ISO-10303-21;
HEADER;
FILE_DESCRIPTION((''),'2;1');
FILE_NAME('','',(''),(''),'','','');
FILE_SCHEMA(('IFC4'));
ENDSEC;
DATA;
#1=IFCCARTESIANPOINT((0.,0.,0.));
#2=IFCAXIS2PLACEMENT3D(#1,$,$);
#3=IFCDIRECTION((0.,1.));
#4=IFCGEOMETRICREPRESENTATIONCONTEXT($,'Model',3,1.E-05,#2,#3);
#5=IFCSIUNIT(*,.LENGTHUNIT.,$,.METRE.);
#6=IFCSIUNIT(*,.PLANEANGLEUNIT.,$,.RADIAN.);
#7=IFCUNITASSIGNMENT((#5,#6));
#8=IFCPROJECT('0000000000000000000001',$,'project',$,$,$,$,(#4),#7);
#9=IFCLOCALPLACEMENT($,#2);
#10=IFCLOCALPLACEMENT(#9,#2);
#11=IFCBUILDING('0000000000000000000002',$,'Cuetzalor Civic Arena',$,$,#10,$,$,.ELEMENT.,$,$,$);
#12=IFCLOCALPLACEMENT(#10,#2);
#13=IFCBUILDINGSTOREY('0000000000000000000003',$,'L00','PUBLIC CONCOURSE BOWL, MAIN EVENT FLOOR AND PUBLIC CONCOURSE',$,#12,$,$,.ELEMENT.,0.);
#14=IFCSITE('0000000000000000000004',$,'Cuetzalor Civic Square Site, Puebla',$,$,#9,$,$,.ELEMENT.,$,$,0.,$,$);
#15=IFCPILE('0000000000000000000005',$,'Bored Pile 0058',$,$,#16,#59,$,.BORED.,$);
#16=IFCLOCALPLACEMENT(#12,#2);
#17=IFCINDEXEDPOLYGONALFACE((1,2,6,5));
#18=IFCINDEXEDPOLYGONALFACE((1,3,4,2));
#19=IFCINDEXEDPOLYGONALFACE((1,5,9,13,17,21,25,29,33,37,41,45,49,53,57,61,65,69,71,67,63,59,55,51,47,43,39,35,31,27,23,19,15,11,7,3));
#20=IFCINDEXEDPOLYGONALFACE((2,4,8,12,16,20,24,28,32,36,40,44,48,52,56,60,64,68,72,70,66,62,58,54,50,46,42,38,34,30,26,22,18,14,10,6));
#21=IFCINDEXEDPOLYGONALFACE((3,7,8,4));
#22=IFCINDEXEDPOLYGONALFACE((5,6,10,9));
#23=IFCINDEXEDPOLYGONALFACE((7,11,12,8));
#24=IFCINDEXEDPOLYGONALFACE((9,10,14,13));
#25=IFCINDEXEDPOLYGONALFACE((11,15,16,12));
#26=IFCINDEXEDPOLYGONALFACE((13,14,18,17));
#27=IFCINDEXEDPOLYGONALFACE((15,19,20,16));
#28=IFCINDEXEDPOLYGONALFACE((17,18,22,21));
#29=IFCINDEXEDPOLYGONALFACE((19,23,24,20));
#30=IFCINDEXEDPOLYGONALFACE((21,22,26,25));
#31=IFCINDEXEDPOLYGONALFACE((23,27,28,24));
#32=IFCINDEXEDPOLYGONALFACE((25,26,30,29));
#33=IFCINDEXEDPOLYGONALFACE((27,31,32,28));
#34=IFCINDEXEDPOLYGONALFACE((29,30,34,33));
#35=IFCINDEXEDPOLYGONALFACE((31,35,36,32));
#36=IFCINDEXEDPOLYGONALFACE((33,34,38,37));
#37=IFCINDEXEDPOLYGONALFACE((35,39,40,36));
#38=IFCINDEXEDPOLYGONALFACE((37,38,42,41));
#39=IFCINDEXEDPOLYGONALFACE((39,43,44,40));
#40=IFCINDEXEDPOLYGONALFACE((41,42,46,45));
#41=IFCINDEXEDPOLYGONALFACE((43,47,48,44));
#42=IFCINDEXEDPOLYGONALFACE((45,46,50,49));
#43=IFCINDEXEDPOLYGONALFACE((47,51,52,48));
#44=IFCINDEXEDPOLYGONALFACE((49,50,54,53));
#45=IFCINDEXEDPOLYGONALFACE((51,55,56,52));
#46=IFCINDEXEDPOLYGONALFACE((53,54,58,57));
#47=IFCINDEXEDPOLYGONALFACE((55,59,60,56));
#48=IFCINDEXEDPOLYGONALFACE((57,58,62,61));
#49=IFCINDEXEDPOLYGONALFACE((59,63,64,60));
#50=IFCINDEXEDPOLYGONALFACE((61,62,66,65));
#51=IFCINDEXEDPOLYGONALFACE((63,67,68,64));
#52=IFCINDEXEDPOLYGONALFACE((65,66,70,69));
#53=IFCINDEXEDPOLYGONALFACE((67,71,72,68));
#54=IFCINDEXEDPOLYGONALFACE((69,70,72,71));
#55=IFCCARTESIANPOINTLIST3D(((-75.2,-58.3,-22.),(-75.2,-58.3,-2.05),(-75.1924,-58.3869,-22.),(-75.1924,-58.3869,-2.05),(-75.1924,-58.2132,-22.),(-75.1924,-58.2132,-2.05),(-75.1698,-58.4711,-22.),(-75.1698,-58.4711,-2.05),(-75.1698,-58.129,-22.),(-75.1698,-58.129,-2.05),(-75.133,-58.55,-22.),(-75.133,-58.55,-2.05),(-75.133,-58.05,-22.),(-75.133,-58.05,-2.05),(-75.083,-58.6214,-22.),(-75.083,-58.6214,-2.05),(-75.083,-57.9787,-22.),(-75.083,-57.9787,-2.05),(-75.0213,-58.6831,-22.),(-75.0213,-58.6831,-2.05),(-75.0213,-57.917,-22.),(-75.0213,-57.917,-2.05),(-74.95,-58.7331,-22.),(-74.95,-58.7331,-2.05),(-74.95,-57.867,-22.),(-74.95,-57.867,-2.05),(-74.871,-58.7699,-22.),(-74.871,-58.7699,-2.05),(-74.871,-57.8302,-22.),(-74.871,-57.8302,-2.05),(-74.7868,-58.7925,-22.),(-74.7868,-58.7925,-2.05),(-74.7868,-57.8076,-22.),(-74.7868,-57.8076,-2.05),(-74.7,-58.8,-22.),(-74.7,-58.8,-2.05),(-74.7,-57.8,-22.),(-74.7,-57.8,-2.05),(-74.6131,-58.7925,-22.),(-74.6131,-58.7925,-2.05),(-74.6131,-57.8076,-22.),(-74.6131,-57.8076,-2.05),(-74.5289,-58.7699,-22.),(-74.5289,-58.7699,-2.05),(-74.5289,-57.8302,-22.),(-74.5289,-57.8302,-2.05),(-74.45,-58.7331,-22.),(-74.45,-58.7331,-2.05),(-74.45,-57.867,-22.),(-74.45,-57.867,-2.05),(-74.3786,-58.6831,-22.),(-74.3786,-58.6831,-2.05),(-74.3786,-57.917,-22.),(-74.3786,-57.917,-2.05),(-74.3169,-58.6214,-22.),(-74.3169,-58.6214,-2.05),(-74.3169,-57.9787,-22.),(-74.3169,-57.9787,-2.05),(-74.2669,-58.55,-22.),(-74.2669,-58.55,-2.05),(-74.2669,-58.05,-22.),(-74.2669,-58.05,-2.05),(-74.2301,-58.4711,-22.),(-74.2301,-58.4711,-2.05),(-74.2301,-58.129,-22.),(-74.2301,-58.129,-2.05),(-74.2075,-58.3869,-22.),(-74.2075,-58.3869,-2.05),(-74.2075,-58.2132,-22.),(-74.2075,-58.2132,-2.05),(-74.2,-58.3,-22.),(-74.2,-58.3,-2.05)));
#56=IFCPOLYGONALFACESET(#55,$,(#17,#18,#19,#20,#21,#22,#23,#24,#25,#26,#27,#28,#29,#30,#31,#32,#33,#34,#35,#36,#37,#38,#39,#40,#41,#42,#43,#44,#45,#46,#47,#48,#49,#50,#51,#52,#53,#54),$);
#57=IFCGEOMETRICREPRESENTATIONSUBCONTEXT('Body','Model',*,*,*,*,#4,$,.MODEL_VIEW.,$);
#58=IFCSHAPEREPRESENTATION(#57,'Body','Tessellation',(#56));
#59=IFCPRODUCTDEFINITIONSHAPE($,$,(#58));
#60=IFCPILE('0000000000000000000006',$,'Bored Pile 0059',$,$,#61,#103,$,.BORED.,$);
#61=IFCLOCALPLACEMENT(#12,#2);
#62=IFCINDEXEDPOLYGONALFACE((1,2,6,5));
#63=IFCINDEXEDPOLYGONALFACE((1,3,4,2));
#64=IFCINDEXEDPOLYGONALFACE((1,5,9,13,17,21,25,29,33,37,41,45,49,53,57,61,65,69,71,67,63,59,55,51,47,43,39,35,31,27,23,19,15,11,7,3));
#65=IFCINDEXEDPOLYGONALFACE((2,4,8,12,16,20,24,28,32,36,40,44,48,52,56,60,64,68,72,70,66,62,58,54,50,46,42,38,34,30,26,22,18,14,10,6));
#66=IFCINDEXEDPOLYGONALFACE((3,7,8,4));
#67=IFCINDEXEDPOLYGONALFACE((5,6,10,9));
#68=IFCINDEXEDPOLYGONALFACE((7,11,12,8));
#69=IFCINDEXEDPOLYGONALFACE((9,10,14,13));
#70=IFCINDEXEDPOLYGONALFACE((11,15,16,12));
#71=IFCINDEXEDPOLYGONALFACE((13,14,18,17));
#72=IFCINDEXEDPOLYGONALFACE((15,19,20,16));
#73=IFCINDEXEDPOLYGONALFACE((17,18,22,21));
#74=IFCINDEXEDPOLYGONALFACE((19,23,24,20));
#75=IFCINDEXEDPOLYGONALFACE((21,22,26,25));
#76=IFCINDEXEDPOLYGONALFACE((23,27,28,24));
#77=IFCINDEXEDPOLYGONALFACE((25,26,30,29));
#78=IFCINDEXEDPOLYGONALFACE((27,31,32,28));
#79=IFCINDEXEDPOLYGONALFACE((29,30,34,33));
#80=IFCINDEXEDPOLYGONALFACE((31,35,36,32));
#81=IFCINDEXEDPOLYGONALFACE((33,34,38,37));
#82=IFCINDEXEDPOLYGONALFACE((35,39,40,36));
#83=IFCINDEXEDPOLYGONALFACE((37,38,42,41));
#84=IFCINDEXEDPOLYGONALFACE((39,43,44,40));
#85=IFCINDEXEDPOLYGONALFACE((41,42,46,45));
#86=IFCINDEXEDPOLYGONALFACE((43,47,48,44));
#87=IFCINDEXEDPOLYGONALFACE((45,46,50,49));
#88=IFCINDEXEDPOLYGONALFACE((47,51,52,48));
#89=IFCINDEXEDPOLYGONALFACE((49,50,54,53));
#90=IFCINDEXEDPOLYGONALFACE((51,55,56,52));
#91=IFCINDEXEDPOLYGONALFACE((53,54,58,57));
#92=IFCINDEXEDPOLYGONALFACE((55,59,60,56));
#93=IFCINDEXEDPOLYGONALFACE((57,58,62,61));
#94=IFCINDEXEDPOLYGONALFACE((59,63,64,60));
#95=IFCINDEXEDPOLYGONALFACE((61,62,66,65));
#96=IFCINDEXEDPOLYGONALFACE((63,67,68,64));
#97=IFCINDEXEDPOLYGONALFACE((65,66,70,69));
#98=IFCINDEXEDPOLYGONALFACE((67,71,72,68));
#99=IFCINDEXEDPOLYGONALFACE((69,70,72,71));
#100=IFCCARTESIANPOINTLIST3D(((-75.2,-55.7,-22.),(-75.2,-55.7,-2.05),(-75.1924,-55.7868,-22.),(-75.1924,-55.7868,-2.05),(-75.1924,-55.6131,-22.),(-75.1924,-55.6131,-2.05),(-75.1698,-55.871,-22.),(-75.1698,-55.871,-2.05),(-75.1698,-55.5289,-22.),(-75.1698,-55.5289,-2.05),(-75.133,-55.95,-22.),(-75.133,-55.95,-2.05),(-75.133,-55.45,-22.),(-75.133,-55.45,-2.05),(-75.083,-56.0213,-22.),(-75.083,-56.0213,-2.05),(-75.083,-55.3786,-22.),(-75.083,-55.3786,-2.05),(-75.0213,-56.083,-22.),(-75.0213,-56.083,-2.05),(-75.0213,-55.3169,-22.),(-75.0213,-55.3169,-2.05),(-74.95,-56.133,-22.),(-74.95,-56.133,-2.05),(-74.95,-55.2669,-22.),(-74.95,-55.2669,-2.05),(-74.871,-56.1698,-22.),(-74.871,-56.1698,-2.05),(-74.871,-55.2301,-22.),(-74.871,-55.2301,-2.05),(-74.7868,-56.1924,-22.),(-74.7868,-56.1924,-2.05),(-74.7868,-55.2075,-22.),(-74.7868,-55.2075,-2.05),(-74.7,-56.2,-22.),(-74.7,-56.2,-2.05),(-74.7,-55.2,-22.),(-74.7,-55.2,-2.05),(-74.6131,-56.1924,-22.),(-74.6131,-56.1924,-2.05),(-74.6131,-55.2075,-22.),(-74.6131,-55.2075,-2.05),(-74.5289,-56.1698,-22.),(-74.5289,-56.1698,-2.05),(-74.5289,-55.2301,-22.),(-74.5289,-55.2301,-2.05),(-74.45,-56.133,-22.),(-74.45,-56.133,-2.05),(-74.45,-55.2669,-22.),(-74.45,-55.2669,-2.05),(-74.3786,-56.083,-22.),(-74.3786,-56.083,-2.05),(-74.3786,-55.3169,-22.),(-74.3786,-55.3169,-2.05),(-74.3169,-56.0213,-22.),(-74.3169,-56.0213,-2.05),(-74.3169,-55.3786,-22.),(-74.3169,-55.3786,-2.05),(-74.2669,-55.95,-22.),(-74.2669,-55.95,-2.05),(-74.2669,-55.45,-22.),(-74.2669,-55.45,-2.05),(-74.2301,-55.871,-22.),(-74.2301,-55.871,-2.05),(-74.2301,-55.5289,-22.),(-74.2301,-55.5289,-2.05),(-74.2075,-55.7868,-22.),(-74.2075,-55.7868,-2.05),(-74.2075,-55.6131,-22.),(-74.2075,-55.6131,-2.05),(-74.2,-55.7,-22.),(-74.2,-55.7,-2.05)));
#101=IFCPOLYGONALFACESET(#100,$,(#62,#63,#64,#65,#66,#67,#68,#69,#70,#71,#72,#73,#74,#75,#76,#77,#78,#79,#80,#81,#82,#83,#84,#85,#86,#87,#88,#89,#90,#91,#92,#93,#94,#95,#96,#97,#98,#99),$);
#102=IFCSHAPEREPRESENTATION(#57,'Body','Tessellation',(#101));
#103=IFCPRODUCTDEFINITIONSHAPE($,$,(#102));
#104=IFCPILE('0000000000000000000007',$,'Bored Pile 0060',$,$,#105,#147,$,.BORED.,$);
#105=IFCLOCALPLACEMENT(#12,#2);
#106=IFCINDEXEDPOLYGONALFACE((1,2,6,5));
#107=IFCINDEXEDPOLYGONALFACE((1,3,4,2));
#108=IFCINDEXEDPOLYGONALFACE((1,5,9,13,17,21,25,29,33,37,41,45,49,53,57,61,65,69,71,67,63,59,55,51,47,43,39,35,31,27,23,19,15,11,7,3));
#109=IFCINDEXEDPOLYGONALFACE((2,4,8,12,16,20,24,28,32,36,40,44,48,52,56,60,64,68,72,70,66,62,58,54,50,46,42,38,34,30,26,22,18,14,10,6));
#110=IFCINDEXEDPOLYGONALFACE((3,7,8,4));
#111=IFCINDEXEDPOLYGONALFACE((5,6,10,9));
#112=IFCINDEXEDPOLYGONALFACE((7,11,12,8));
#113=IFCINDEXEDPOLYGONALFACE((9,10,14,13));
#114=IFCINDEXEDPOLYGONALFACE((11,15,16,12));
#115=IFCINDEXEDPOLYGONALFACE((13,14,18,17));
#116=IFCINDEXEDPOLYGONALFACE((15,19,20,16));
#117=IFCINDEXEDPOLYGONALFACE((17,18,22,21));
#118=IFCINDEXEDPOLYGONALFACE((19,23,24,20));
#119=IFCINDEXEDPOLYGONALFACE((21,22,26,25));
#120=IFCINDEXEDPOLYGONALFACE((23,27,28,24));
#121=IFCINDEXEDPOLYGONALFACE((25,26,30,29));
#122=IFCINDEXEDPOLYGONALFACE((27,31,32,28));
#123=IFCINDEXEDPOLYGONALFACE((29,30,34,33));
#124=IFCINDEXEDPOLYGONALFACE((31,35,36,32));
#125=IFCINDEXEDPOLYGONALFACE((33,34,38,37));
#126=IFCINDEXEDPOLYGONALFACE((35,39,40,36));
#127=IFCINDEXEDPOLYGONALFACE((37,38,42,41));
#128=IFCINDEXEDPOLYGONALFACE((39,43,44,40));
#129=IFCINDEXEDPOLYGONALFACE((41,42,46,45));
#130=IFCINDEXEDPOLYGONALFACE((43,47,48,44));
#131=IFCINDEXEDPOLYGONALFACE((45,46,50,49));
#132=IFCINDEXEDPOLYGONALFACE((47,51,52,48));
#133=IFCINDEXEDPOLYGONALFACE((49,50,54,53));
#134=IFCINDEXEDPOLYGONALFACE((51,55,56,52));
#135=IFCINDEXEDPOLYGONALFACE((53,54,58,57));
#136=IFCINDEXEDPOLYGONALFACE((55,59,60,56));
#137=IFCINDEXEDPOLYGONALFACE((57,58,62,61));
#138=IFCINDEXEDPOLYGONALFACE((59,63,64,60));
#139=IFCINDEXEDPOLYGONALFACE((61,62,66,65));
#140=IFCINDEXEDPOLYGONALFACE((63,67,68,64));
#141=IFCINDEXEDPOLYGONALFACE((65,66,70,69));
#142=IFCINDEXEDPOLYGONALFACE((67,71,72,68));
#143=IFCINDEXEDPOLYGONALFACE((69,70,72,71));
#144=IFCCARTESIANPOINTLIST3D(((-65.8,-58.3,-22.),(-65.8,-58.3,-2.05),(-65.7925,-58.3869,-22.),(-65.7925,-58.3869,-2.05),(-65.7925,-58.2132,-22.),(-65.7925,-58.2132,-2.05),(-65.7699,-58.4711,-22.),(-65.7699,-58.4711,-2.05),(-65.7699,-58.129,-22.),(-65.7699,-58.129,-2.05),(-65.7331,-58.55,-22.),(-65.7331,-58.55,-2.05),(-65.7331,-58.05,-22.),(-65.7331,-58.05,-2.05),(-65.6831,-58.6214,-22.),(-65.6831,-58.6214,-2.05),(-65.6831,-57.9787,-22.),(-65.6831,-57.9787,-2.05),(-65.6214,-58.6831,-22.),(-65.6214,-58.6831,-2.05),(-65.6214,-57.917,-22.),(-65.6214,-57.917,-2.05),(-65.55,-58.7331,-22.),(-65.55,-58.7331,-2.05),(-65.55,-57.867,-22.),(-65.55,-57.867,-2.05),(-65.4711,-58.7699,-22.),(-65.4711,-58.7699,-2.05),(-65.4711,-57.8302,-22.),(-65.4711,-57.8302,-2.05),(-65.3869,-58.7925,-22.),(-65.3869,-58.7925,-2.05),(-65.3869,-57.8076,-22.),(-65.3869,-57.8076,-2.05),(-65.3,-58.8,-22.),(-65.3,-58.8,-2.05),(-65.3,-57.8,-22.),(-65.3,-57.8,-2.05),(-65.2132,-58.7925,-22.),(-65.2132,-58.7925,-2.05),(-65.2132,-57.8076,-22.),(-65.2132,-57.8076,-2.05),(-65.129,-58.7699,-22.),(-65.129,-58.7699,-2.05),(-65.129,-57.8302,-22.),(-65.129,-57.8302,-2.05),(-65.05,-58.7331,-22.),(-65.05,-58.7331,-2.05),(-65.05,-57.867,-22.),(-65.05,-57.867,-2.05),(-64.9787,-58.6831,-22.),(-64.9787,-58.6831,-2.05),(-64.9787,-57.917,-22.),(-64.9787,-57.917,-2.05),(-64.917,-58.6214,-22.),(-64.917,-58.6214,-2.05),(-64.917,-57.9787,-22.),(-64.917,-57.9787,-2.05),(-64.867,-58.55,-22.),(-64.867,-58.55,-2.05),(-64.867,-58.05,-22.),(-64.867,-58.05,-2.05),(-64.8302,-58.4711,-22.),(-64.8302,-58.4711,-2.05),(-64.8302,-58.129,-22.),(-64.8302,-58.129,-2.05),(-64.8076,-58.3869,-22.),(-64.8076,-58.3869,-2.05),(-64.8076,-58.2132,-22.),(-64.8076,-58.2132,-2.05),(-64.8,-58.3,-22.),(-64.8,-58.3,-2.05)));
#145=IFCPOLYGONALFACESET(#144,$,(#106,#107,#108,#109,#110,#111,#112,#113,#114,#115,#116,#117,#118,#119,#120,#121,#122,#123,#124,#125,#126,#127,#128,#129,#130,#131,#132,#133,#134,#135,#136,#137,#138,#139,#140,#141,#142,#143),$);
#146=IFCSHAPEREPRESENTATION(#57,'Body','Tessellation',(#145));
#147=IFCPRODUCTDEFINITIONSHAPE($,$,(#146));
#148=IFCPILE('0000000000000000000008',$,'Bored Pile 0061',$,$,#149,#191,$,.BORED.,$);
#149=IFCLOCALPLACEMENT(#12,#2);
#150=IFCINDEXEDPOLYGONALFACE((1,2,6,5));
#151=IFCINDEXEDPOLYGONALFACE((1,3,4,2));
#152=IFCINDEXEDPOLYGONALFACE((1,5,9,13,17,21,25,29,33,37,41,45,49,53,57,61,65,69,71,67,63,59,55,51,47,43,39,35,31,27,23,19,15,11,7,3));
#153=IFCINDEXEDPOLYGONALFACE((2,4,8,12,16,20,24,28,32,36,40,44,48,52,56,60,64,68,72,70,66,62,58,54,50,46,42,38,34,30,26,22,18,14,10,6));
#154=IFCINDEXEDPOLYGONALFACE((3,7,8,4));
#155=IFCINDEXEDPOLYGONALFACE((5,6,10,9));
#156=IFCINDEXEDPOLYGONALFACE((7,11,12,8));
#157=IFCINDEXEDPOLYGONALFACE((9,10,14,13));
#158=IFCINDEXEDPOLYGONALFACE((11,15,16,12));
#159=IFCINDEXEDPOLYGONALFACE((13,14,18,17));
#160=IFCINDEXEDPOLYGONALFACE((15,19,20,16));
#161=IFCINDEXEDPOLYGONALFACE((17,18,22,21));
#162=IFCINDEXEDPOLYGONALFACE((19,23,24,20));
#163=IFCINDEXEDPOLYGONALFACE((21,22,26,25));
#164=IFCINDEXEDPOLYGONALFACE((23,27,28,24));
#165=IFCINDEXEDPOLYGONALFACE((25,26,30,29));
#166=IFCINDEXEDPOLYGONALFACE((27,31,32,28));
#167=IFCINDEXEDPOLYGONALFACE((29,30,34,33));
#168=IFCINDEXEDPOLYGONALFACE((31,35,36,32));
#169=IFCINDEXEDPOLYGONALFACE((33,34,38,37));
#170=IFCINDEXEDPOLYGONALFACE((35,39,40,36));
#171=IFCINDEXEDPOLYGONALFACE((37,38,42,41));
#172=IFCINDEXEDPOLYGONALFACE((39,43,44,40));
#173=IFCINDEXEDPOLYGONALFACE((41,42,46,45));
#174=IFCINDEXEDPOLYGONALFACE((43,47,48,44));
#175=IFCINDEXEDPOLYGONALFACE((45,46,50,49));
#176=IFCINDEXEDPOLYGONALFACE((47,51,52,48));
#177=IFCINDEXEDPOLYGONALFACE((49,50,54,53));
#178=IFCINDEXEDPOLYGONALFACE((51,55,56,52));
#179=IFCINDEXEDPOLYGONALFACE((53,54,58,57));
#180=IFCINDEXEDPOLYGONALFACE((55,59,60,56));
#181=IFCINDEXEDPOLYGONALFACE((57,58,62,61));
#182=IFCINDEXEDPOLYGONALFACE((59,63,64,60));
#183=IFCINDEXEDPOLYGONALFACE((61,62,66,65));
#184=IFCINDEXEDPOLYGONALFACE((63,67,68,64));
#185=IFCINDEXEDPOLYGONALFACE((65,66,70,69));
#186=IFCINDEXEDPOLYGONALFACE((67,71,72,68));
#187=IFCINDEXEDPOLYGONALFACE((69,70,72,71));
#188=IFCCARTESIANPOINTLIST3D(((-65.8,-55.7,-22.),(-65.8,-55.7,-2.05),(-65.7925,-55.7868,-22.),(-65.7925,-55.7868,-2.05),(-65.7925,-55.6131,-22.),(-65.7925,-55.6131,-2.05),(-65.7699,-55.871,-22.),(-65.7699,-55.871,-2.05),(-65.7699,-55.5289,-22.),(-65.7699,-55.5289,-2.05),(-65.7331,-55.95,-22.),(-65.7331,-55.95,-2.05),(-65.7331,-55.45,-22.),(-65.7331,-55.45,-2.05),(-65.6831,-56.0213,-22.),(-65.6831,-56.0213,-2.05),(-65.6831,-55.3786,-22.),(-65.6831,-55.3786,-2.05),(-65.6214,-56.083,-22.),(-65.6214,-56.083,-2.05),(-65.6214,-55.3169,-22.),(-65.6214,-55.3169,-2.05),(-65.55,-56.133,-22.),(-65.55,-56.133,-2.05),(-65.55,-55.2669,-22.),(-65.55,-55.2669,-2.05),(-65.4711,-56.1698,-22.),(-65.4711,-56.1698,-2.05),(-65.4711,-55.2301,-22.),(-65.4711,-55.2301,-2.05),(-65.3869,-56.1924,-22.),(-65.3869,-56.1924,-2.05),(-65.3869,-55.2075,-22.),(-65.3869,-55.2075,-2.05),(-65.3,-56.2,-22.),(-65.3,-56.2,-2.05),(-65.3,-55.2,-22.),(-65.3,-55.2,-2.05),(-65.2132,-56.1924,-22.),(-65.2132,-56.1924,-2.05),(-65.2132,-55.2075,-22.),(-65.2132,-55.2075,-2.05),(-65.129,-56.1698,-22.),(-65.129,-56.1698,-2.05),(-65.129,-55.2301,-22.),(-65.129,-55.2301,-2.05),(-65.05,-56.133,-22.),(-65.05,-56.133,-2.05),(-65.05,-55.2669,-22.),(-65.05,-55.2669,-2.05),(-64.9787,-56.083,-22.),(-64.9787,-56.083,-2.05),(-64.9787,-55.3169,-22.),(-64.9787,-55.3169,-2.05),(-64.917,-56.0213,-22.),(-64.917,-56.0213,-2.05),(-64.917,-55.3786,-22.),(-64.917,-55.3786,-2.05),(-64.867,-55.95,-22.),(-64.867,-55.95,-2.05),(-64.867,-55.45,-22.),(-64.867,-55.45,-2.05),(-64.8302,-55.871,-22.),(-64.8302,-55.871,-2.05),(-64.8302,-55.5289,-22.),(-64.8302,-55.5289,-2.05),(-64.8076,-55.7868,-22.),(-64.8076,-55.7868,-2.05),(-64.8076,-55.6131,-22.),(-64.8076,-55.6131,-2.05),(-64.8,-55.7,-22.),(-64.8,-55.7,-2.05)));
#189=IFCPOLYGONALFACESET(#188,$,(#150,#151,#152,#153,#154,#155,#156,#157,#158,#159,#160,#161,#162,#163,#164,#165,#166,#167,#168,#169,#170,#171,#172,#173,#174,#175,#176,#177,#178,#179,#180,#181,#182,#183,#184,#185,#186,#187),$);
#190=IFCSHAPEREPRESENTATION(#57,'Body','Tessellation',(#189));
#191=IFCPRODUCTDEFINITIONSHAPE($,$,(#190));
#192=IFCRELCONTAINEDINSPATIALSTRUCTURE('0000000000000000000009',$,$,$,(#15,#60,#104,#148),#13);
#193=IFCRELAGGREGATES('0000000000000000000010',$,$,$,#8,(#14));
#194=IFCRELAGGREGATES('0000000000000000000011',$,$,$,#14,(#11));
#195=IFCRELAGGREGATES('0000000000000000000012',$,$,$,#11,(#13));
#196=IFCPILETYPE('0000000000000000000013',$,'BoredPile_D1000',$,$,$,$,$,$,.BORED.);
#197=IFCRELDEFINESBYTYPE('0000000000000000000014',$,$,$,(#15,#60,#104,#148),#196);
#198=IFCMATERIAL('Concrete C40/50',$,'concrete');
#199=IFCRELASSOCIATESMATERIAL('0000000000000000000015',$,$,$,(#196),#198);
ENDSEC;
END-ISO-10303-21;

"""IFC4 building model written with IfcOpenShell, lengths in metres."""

from ifc_helpers import new_model, si_unit, direction, frame, origin, origin_2d, place, context, subcontext, project, spatial, circle, extrude, material, material_profile, profile_set, type_object, element, save


model = new_model("IFC4")

# Units and contexts
model_context = context("Model", 3, precision=1e-05, world=origin(), true_north=direction((0.0, 1.0)))
body_context = subcontext(model_context, "Body", "Model", "MODEL_VIEW")
ifc_project = project(units=[si_unit("LENGTHUNIT", "METRE"), si_unit("PLANEANGLEUNIT", "RADIAN")], contexts=[model_context])

# Site, building, storey
site_placement = place(None, origin())
site = spatial("IfcSite", under=ifc_project, at=site_placement, Name="Cuetzalor Civic Square Site, Puebla", CompositionType="ELEMENT", RefElevation=0.0)
building_placement = place(site_placement, origin())
building = spatial("IfcBuilding", under=site, at=building_placement, Name="Cuetzalor Civic Arena", CompositionType="ELEMENT")
storey_placement = place(building_placement, origin())
storey = spatial("IfcBuildingStorey", under=building, at=storey_placement, Name="L00", Description="PUBLIC CONCOURSE BOWL, MAIN EVENT FLOOR AND PUBLIC CONCOURSE", CompositionType="ELEMENT", Elevation=0.0)

# Piles
ifc_material_1 = material(Name="Concrete C40/50", Category="concrete")
ifc_material_profile_1 = material_profile(ifc_material_1, circle(Radius=0.5, at=origin_2d()), Name="BORED PILE D1000")
ifc_profile_set_1 = profile_set([ifc_material_profile_1], Name="Concrete C40/50")
pile_type = type_object("IfcPileType", Name="BoredPile_D1000", PredefinedType="BORED", material=ifc_profile_set_1)
for number, where, z_axis, x_axis, name in (
    (1, (-74.7, -58.3, -2.05), (0.0, 0.0, -1.0), (1.0, 0.0, 0.0), "Bored Pile 0058"),
    (2, (-74.7, -55.7, -2.05), (0.0, 0.0, -1.0), (1.0, 0.0, 0.0), "Bored Pile 0059"),
    (3, (-65.3, -58.3, -2.05), (0.0, 0.0, -1.0), (1.0, 0.0, 0.0), "Bored Pile 0060"),
    (4, (-65.3, -55.7, -2.05), (0.0, 0.0, -1.0), (1.0, 0.0, 0.0), "Bored Pile 0061"),
):
    element("IfcPile", number, at=place(storey_placement, frame(where, z_axis=z_axis, x_axis=x_axis)), inside=storey, type_object=pile_type, Name=name, PredefinedType="BORED", context=body_context, shape_type="SweptSolid", body=[
        extrude(circle(Radius=0.5, at=origin_2d()), origin(), (0.0, 0.0, 1.0), 19.95),
    ])

save(model, "model.ifc")
